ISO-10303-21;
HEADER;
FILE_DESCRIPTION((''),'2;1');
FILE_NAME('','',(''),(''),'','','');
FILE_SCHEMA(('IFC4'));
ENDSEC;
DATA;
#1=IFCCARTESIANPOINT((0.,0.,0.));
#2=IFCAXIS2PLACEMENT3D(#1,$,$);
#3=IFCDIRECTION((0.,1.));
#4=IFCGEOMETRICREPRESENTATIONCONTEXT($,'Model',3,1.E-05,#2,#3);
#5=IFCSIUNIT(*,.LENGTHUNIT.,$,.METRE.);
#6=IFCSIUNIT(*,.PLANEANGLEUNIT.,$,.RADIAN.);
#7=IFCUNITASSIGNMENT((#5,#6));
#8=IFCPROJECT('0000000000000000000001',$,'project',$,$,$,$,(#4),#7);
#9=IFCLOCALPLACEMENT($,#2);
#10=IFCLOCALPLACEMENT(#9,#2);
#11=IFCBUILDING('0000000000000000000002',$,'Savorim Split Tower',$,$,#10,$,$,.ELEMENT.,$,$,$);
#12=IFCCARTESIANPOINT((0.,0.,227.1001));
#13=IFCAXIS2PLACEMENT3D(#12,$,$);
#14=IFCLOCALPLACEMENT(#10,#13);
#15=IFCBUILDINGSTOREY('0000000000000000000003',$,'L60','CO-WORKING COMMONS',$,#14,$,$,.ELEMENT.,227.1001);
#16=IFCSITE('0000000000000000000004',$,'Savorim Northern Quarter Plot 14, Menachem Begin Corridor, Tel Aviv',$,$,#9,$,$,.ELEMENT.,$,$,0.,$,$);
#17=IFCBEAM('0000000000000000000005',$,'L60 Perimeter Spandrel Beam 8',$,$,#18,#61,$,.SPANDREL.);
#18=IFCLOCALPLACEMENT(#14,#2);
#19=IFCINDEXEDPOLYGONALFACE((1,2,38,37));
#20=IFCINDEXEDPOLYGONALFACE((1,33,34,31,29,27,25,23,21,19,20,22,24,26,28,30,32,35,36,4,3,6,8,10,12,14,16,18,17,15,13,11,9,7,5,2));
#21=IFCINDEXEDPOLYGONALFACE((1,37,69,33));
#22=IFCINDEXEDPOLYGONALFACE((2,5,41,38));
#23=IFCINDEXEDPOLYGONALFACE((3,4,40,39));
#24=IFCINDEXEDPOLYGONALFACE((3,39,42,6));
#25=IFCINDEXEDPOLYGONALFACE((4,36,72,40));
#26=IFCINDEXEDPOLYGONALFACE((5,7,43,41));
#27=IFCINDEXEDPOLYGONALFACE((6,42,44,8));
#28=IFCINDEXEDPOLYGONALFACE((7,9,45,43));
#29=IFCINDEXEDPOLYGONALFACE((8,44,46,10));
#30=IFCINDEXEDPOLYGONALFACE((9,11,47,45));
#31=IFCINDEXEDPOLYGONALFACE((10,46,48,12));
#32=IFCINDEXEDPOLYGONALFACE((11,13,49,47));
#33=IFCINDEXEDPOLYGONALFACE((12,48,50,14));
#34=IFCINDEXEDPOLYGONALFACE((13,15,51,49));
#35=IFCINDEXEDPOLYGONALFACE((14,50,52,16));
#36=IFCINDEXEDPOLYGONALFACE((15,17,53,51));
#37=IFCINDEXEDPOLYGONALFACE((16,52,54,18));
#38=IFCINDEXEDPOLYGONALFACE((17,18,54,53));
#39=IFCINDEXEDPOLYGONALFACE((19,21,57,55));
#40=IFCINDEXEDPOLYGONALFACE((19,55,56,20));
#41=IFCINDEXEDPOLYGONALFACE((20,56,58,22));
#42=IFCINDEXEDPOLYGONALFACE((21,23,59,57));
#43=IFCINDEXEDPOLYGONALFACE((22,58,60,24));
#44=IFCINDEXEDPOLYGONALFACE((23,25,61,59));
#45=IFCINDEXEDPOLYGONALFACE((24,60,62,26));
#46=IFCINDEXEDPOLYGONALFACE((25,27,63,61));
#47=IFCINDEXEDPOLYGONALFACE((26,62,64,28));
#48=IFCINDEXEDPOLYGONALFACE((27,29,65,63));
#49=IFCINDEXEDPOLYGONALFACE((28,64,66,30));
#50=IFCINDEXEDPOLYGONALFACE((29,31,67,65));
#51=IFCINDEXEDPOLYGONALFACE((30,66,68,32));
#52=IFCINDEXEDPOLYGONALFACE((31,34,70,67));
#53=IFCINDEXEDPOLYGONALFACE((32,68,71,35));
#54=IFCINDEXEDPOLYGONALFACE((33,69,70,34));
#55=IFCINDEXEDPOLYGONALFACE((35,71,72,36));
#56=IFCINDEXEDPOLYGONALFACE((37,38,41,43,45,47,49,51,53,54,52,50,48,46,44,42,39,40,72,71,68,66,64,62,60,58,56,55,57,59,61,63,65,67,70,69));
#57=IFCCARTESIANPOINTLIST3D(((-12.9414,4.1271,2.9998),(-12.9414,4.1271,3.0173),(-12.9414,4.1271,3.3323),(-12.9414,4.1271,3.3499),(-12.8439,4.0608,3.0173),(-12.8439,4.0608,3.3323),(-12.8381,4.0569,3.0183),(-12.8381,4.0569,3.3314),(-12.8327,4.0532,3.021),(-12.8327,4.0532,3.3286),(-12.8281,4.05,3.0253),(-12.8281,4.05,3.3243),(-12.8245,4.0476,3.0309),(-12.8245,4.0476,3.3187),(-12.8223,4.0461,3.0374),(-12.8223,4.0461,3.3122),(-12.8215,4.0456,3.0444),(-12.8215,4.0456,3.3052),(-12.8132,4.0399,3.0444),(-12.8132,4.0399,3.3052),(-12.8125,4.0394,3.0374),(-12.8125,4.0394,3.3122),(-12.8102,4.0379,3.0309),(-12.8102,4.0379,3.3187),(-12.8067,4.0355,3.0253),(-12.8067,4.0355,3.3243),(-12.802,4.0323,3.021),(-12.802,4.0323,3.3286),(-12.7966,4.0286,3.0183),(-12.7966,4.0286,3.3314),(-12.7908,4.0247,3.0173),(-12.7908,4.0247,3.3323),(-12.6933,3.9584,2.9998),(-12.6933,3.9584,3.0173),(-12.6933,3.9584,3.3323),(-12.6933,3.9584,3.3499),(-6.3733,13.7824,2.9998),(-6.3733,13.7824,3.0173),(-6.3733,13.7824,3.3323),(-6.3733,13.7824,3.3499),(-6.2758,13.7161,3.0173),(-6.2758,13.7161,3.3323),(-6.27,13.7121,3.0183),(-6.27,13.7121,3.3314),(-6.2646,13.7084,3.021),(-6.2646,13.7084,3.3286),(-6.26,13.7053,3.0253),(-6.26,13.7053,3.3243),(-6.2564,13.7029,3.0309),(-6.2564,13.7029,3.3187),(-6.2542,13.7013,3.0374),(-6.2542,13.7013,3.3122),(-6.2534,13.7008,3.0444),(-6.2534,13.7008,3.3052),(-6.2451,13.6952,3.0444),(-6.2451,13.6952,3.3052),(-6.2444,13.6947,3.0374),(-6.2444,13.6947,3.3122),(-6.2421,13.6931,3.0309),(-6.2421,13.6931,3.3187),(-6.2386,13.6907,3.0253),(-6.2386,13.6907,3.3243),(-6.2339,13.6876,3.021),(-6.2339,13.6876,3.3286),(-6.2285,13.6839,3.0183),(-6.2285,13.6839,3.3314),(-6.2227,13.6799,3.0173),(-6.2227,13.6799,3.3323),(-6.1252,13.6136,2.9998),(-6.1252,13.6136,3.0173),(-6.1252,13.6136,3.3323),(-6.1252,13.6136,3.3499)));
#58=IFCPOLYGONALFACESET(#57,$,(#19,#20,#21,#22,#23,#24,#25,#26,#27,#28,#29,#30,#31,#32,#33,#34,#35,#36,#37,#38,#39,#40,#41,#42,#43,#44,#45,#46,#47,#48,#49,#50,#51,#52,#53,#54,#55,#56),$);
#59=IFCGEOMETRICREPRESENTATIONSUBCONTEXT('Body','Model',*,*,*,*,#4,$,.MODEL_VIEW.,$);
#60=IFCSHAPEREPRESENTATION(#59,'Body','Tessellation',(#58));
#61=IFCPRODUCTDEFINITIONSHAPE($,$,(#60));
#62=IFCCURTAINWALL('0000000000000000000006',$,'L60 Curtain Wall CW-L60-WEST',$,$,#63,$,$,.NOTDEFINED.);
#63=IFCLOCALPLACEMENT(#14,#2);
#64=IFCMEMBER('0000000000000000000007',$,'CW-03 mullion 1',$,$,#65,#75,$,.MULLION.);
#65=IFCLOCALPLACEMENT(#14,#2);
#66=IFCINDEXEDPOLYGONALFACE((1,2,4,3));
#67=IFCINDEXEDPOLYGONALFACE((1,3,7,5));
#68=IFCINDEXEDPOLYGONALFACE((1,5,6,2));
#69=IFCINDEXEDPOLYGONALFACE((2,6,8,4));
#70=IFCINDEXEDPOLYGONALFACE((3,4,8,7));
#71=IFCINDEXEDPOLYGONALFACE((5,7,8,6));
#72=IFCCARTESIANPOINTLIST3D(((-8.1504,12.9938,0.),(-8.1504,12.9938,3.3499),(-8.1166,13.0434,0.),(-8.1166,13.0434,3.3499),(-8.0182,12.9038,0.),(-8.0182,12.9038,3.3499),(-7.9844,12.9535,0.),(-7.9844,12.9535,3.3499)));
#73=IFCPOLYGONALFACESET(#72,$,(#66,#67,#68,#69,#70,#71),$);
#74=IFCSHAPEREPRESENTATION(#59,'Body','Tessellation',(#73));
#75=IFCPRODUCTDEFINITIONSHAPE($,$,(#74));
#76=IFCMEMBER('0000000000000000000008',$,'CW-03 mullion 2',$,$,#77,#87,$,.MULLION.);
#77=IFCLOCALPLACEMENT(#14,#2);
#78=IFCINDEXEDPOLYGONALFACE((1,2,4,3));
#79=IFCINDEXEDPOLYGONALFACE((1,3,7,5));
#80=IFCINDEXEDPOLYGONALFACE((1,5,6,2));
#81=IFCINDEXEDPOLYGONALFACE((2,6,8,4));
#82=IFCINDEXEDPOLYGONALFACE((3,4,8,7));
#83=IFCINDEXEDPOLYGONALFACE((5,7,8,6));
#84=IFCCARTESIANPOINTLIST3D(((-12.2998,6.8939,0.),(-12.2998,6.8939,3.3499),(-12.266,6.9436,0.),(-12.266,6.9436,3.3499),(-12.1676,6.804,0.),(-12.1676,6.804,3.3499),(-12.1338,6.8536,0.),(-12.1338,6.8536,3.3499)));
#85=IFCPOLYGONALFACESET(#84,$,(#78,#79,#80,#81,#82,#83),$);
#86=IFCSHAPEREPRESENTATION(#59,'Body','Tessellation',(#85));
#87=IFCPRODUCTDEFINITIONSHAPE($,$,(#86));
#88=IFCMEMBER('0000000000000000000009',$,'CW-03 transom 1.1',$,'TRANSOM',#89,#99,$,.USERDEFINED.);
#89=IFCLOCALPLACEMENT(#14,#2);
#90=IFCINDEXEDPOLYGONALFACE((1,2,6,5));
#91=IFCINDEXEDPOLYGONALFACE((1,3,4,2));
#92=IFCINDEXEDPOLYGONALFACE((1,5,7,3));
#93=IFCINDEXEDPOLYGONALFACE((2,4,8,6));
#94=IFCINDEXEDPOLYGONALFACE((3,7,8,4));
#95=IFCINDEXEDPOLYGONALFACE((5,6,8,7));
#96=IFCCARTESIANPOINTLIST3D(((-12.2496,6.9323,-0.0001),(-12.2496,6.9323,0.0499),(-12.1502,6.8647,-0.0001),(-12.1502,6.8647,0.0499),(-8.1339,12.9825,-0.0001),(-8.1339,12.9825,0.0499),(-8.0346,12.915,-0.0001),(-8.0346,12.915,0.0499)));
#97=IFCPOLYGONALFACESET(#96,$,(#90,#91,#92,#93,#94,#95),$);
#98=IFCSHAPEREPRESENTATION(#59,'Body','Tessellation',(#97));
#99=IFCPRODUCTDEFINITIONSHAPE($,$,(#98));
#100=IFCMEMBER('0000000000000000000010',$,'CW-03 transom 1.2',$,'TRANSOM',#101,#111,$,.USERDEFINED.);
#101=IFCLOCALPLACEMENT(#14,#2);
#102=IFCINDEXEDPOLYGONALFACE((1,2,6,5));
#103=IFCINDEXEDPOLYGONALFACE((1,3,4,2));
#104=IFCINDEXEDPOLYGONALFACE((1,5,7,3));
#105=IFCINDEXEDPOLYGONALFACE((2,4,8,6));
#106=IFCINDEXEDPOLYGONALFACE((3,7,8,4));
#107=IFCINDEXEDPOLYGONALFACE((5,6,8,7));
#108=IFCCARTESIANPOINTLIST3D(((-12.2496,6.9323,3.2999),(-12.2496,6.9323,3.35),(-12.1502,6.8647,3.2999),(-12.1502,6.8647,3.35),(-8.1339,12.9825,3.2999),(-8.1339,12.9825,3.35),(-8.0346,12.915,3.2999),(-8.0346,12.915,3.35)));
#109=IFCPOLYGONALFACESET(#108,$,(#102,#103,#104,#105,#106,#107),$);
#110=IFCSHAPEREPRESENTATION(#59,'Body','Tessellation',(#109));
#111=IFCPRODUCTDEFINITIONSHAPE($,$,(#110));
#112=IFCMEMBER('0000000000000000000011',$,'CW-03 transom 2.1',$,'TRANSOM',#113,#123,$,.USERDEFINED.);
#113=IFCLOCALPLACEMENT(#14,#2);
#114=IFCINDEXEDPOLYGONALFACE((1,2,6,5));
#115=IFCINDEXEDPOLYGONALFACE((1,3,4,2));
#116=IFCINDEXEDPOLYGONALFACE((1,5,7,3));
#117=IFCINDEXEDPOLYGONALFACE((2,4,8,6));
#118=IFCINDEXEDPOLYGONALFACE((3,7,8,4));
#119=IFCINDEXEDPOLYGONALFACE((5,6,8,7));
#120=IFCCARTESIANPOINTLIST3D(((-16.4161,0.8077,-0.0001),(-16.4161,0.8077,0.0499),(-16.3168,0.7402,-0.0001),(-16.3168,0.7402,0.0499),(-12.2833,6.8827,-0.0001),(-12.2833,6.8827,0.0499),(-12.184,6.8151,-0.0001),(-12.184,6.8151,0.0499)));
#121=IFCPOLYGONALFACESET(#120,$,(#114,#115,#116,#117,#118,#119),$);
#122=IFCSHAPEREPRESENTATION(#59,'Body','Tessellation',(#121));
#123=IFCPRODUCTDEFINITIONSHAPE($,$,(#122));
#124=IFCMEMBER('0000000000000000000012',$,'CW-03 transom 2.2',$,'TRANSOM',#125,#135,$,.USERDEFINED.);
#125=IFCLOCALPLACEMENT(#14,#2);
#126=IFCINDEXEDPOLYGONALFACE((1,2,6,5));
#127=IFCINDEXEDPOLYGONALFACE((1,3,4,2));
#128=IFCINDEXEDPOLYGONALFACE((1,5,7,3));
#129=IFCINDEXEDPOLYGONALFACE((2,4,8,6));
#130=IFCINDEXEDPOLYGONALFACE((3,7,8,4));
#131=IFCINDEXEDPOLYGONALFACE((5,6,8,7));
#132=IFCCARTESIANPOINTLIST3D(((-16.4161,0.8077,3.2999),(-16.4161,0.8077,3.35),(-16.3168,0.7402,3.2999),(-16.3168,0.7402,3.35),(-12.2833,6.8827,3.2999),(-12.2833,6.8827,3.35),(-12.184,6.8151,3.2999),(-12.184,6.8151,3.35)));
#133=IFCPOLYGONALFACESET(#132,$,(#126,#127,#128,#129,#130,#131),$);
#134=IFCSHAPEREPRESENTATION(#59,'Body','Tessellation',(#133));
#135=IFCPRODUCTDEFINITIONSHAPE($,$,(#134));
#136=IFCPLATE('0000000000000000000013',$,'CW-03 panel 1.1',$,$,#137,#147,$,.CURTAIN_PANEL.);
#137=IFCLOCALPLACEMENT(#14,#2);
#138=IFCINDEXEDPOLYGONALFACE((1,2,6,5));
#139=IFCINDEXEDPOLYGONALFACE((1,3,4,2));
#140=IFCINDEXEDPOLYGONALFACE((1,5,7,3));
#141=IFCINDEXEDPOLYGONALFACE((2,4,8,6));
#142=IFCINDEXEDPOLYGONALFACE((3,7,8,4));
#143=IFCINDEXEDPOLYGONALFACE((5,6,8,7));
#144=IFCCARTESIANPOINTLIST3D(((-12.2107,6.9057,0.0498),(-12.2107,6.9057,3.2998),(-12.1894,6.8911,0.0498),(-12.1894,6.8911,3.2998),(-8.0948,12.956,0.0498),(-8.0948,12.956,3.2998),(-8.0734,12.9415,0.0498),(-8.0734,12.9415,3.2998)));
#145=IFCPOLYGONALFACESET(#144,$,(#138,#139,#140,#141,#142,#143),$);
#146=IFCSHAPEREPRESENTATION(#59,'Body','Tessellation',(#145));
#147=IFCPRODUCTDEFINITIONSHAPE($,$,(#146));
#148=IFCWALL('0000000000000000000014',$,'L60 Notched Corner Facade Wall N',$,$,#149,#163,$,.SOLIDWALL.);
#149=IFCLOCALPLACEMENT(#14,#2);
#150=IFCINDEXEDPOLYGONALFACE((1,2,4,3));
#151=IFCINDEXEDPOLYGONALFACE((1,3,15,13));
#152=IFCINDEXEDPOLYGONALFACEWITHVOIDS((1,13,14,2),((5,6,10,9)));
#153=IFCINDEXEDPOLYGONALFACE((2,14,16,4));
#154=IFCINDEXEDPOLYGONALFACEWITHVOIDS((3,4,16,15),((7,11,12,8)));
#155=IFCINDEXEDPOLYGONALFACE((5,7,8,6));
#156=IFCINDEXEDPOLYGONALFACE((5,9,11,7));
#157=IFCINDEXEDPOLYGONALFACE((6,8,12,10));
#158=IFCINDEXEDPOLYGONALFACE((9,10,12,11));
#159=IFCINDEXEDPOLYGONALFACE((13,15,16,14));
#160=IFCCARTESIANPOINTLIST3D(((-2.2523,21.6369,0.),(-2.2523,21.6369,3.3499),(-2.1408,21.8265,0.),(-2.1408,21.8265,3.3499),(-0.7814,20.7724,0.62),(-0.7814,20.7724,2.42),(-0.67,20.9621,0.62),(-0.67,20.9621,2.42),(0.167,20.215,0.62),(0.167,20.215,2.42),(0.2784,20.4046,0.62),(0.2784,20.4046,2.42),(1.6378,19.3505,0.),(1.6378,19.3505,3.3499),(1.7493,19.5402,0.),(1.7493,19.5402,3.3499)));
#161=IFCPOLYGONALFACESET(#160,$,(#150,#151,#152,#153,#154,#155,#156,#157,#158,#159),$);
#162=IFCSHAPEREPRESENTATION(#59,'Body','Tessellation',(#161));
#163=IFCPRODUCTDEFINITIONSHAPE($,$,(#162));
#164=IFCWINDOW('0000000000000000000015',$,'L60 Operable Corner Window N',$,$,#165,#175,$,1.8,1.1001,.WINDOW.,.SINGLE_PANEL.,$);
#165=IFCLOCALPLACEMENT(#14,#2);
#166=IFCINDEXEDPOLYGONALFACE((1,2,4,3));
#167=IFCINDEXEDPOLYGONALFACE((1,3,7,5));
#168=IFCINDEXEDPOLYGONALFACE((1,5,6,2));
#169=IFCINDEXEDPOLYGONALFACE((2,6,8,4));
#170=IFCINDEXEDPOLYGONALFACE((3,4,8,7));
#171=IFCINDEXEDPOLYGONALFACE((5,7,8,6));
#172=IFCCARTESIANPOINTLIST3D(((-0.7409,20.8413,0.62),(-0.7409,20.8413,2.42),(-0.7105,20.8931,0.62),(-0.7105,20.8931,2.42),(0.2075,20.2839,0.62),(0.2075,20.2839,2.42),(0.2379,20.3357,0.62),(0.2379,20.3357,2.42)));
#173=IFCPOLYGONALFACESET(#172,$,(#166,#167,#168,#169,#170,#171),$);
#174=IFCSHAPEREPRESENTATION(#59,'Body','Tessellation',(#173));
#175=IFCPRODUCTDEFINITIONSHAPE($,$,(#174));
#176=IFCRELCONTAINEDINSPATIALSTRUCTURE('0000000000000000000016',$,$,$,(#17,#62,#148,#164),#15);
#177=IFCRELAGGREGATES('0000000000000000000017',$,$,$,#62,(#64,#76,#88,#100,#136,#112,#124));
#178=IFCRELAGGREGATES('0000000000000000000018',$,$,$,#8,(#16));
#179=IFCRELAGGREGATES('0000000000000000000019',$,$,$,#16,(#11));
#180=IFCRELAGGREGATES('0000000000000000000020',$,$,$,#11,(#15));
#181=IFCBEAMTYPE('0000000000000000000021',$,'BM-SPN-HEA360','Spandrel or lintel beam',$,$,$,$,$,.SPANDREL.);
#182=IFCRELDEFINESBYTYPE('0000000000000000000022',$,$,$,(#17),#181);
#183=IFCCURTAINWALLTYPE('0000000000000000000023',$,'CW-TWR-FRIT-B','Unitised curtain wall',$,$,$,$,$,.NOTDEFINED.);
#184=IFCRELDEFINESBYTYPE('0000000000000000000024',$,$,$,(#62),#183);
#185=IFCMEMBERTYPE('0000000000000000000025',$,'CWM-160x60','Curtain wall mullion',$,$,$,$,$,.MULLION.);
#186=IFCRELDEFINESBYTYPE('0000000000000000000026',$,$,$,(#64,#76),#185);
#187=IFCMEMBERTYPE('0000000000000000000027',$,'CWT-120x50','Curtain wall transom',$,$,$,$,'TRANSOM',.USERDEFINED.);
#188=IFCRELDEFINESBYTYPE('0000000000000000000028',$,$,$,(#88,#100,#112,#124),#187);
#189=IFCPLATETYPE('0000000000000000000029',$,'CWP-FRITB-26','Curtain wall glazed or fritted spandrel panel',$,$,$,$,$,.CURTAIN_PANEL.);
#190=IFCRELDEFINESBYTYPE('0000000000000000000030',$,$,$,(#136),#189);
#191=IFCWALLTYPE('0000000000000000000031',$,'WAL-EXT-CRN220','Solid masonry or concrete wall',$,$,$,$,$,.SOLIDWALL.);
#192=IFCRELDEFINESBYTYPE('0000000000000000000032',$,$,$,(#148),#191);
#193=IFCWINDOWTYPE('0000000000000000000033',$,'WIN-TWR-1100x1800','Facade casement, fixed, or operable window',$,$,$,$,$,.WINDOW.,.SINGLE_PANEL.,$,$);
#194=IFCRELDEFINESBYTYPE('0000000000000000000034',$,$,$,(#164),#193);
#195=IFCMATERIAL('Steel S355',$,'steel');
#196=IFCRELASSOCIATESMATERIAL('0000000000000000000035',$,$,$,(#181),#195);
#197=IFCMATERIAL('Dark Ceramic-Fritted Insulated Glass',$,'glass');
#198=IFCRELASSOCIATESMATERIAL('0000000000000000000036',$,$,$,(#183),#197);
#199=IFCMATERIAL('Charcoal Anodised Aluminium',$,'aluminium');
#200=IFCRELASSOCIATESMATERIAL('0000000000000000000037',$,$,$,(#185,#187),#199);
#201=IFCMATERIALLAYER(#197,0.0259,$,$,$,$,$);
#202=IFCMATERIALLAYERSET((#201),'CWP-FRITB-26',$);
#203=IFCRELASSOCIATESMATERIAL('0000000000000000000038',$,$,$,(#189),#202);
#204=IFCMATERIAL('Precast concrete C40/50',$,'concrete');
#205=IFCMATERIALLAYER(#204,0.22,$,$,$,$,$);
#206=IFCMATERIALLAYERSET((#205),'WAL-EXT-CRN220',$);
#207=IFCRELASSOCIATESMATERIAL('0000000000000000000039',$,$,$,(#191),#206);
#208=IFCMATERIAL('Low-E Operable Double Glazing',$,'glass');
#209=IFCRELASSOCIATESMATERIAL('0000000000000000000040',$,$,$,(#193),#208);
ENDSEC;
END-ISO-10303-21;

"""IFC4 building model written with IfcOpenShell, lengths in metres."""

from ifc_helpers import new_model, si_unit, direction, frame, frame_2d, origin, origin_2d, place, context, subcontext, project, spatial, rectangle, i_section, extrude, material, layer, layer_set, material_profile, profile_set, type_object, element, fill, aggregate, save


model = new_model("IFC4")

# Units and contexts
model_context = context("Model", 3, precision=1e-05, world=origin(), true_north=direction((0.0, 1.0)))
body_context = subcontext(model_context, "Body", "Model", "MODEL_VIEW")
ifc_project = project(units=[si_unit("LENGTHUNIT", "METRE"), si_unit("PLANEANGLEUNIT", "RADIAN")], contexts=[model_context])

# Site, building, storey
site_placement = place(None, origin())
site = spatial("IfcSite", under=ifc_project, at=site_placement, Name="Savorim Northern Quarter Plot 14, Menachem Begin Corridor, Tel Aviv", CompositionType="ELEMENT", RefElevation=0.0)
building_placement = place(site_placement, origin())
building = spatial("IfcBuilding", under=site, at=building_placement, Name="Savorim Split Tower", CompositionType="ELEMENT")
storey_placement = place(building_placement, frame((0.0, 0.0, 227.1001)))
storey = spatial("IfcBuildingStorey", under=building, at=storey_placement, Name="L60", Description="CO-WORKING COMMONS", CompositionType="ELEMENT", Elevation=227.1001)

# Shared definitions
ifc_material_1 = material(Name="Steel S355", Category="steel")

# Beam
ifc_material_profile_1 = material_profile(ifc_material_1, i_section(OverallWidth=0.3, OverallDepth=0.3501, WebThickness=0.01, FlangeThickness=0.0176, FilletRadius=0.0271, at=origin_2d()), Name="HEA 360")
ifc_profile_set_1 = profile_set([ifc_material_profile_1], Name="Steel S355")
beam_type_1 = type_object("IfcBeamType", Name="BM-SPN-HEA360", Description="Spandrel or lintel beam", PredefinedType="SPANDREL", material=ifc_profile_set_1)
beam_1_placement = place(storey_placement, frame((-6.2493, 13.698, 3.1748), z_axis=(-0.562458, -0.826826, 0.0), x_axis=(0.826826, -0.562458, 0.0)))
element("IfcBeam", 1, at=beam_1_placement, inside=storey, type_object=beam_type_1, Name="L60 Perimeter Spandrel Beam 8", PredefinedType="SPANDREL", context=body_context, shape_type="SweptSolid", body=[
    extrude(i_section(OverallWidth=0.3, OverallDepth=0.3501, WebThickness=0.01, FlangeThickness=0.0176, FilletRadius=0.0271, at=origin_2d()), origin(), (0.0, 0.0, 1.0), 11.6775),
])

# Curtain wall, members, plate
ifc_material_2 = material(Name="Dark Ceramic-Fritted Insulated Glass", Category="glass")
curtain_wall_type = type_object("IfcCurtainWallType", Name="CW-TWR-FRIT-B", Description="Unitised curtain wall", PredefinedType="NOTDEFINED", material=ifc_material_2)
curtain_wall_placement = place(storey_placement, origin())
curtain_wall = element("IfcCurtainWall", 2, at=curtain_wall_placement, inside=storey, type_object=curtain_wall_type, Name="L60 Curtain Wall CW-L60-WEST", PredefinedType="NOTDEFINED")
ifc_material_3 = material(Name="Charcoal Anodised Aluminium", Category="aluminium")
ifc_material_profile_2 = material_profile(ifc_material_3, rectangle(XDim=0.1599, YDim=0.0601, at=origin_2d()), Name="ALU-M 160x60")
ifc_profile_set_2 = profile_set([ifc_material_profile_2], Name="Charcoal Anodised Aluminium")
member_type_1 = type_object("IfcMemberType", Name="CWM-160x60", Description="Curtain wall mullion", PredefinedType="MULLION", material=ifc_profile_set_2)
member_1_placement = place(storey_placement, frame((-8.0674, 12.9736, 0.0), z_axis=(0.0, 0.0, 1.0), x_axis=(0.82682, -0.562467, 0.0)))
member_1 = element("IfcMember", 3, at=member_1_placement, type_object=member_type_1, Name="CW-03 mullion 1", PredefinedType="MULLION", context=body_context, shape_type="SweptSolid", body=[
    extrude(rectangle(XDim=0.1599, YDim=0.0601, at=origin_2d()), origin(), (0.0, 0.0, 1.0), 3.3499),
])
member_2_placement = place(storey_placement, frame((-12.2168, 6.8738, 0.0), z_axis=(0.0, 0.0, 1.0), x_axis=(0.82682, -0.562467, 0.0)))
member_2 = element("IfcMember", 4, at=member_2_placement, type_object=member_type_1, Name="CW-03 mullion 2", PredefinedType="MULLION", context=body_context, shape_type="SweptSolid", body=[
    extrude(rectangle(XDim=0.1599, YDim=0.0601, at=origin_2d()), origin(), (0.0, 0.0, 1.0), 3.3499),
])
ifc_material_profile_3 = material_profile(ifc_material_3, rectangle(XDim=0.1201, YDim=0.05, at=origin_2d()), Name="ALU-T 120x50")
ifc_profile_set_3 = profile_set([ifc_material_profile_3], Name="Charcoal Anodised Aluminium")
member_type_2 = type_object("IfcMemberType", Name="CWT-120x50", Description="Curtain wall transom", ElementType="TRANSOM", PredefinedType="USERDEFINED", material=ifc_profile_set_3)
member_3_placement = place(storey_placement, frame((-8.0842, 12.9487, 0.0249), z_axis=(-0.562452, -0.82683, 0.0), x_axis=(0.82683, -0.562452, 0.0)))
member_3 = element("IfcMember", 5, at=member_3_placement, type_object=member_type_2, Name="CW-03 transom 1.1", ObjectType="TRANSOM", PredefinedType="USERDEFINED", context=body_context, shape_type="SweptSolid", body=[
    extrude(rectangle(XDim=0.1201, YDim=0.05, at=origin_2d()), origin(), (0.0, 0.0, 1.0), 7.3174),
])
member_4_placement = place(storey_placement, frame((-8.0842, 12.9487, 3.325), z_axis=(-0.562452, -0.82683, 0.0), x_axis=(0.82683, -0.562452, 0.0)))
member_4 = element("IfcMember", 6, at=member_4_placement, type_object=member_type_2, Name="CW-03 transom 1.2", ObjectType="TRANSOM", PredefinedType="USERDEFINED", context=body_context, shape_type="SweptSolid", body=[
    extrude(rectangle(XDim=0.1201, YDim=0.05, at=origin_2d()), origin(), (0.0, 0.0, 1.0), 7.3174),
])
member_5_placement = place(storey_placement, frame((-12.2336, 6.8489, 0.0249), z_axis=(-0.562482, -0.82681, 0.0), x_axis=(0.82681, -0.562482, 0.0)))
member_5 = element("IfcMember", 7, at=member_5_placement, type_object=member_type_2, Name="CW-03 transom 2.1", ObjectType="TRANSOM", PredefinedType="USERDEFINED", context=body_context, shape_type="SweptSolid", body=[
    extrude(rectangle(XDim=0.1201, YDim=0.05, at=origin_2d()), origin(), (0.0, 0.0, 1.0), 7.3474),
])
member_6_placement = place(storey_placement, frame((-12.2336, 6.8489, 3.325), z_axis=(-0.562482, -0.82681, 0.0), x_axis=(0.82681, -0.562482, 0.0)))
member_6 = element("IfcMember", 8, at=member_6_placement, type_object=member_type_2, Name="CW-03 transom 2.2", ObjectType="TRANSOM", PredefinedType="USERDEFINED", context=body_context, shape_type="SweptSolid", body=[
    extrude(rectangle(XDim=0.1201, YDim=0.05, at=origin_2d()), origin(), (0.0, 0.0, 1.0), 7.3474),
])
ifc_layer_1 = layer(ifc_material_2, 0.0259)
ifc_layer_set_1 = layer_set([ifc_layer_1], Name="CWP-FRITB-26")
plate_type = type_object("IfcPlateType", Name="CWP-FRITB-26", Description="Curtain wall glazed or fritted spandrel panel", PredefinedType="CURTAIN_PANEL", material=ifc_layer_set_1)
plate_placement = place(storey_placement, frame((-10.1421, 9.9236, 0.0498), z_axis=(0.0, 0.0, 1.0), x_axis=(-0.562467, -0.82682, 0.0)))
plate = element("IfcPlate", 9, at=plate_placement, type_object=plate_type, Name="CW-03 panel 1.1", PredefinedType="CURTAIN_PANEL", context=body_context, shape_type="SweptSolid", body=[
    extrude(rectangle(XDim=7.3176, YDim=0.0259, at=origin_2d()), origin(), (0.0, 0.0, 1.0), 3.25),
])
aggregate(curtain_wall, [member_1, member_2, member_3, member_4, plate, member_5, member_6])

# Wall, opening, window
ifc_material_4 = material(Name="Precast concrete C40/50", Category="concrete")
ifc_layer_2 = layer(ifc_material_4, 0.22)
ifc_layer_set_2 = layer_set([ifc_layer_2], Name="WAL-EXT-CRN220")
wall_type_1 = type_object("IfcWallType", Name="WAL-EXT-CRN220", Description="Solid masonry or concrete wall", PredefinedType="SOLIDWALL", material=ifc_layer_set_2)
wall_1_placement = place(storey_placement, frame((-2.1965, 21.7317, 0.0), z_axis=(0.0, 0.0, 1.0), x_axis=(0.862122, -0.506701, 0.0)))
wall_1 = element("IfcWall", 10, at=wall_1_placement, inside=storey, type_object=wall_type_1, Name="L60 Notched Corner Facade Wall N", PredefinedType="SOLIDWALL", context=body_context, shape_type="SweptSolid", body=[
    extrude(rectangle(XDim=4.5122, YDim=0.22, at=frame_2d((2.2561, 0.0))), origin(), (0.0, 0.0, 1.0), 3.3499),
])
opening_1_placement = place(wall_1_placement, frame((1.7061, 0.0, 0.6201)))
opening_1 = element("IfcOpeningElement", 11, at=opening_1_placement, cuts=wall_1, PredefinedType="OPENING", context=body_context, shape_type="SweptSolid", body=[
    extrude(rectangle(XDim=1.1001, YDim=1.8, at=frame_2d((0.55, 0.8999))), frame((0.0, 0.1199, 0.0), z_axis=(0.0, -1.0, 0.0), x_axis=(1.0, 0.0, 0.0)), (0.0, 0.0, 1.0), 0.24),
])
ifc_material_5 = material(Name="Low-E Operable Double Glazing", Category="glass")
window_type_1 = type_object("IfcWindowType", Name="WIN-TWR-1100x1800", Description="Facade casement, fixed, or operable window", PartitioningType="SINGLE_PANEL", PredefinedType="WINDOW", material=ifc_material_5)
window_1_placement = place(opening_1_placement, origin())
window_1 = element("IfcWindow", 12, at=window_1_placement, inside=storey, type_object=window_type_1, Name="L60 Operable Corner Window N", OverallHeight=1.8, OverallWidth=1.1001, PartitioningType="SINGLE_PANEL", PredefinedType="WINDOW", context=body_context, shape_type="SweptSolid", body=[
    extrude(rectangle(XDim=1.1001, YDim=1.8, at=frame_2d((0.55, 0.8999))), frame((0.0, 0.03, 0.0), z_axis=(0.0, -1.0, 0.0), x_axis=(1.0, 0.0, 0.0)), (0.0, 0.0, 1.0), 0.0601),
])
fill(opening_1, window_1)

save(model, "model.ifc")
